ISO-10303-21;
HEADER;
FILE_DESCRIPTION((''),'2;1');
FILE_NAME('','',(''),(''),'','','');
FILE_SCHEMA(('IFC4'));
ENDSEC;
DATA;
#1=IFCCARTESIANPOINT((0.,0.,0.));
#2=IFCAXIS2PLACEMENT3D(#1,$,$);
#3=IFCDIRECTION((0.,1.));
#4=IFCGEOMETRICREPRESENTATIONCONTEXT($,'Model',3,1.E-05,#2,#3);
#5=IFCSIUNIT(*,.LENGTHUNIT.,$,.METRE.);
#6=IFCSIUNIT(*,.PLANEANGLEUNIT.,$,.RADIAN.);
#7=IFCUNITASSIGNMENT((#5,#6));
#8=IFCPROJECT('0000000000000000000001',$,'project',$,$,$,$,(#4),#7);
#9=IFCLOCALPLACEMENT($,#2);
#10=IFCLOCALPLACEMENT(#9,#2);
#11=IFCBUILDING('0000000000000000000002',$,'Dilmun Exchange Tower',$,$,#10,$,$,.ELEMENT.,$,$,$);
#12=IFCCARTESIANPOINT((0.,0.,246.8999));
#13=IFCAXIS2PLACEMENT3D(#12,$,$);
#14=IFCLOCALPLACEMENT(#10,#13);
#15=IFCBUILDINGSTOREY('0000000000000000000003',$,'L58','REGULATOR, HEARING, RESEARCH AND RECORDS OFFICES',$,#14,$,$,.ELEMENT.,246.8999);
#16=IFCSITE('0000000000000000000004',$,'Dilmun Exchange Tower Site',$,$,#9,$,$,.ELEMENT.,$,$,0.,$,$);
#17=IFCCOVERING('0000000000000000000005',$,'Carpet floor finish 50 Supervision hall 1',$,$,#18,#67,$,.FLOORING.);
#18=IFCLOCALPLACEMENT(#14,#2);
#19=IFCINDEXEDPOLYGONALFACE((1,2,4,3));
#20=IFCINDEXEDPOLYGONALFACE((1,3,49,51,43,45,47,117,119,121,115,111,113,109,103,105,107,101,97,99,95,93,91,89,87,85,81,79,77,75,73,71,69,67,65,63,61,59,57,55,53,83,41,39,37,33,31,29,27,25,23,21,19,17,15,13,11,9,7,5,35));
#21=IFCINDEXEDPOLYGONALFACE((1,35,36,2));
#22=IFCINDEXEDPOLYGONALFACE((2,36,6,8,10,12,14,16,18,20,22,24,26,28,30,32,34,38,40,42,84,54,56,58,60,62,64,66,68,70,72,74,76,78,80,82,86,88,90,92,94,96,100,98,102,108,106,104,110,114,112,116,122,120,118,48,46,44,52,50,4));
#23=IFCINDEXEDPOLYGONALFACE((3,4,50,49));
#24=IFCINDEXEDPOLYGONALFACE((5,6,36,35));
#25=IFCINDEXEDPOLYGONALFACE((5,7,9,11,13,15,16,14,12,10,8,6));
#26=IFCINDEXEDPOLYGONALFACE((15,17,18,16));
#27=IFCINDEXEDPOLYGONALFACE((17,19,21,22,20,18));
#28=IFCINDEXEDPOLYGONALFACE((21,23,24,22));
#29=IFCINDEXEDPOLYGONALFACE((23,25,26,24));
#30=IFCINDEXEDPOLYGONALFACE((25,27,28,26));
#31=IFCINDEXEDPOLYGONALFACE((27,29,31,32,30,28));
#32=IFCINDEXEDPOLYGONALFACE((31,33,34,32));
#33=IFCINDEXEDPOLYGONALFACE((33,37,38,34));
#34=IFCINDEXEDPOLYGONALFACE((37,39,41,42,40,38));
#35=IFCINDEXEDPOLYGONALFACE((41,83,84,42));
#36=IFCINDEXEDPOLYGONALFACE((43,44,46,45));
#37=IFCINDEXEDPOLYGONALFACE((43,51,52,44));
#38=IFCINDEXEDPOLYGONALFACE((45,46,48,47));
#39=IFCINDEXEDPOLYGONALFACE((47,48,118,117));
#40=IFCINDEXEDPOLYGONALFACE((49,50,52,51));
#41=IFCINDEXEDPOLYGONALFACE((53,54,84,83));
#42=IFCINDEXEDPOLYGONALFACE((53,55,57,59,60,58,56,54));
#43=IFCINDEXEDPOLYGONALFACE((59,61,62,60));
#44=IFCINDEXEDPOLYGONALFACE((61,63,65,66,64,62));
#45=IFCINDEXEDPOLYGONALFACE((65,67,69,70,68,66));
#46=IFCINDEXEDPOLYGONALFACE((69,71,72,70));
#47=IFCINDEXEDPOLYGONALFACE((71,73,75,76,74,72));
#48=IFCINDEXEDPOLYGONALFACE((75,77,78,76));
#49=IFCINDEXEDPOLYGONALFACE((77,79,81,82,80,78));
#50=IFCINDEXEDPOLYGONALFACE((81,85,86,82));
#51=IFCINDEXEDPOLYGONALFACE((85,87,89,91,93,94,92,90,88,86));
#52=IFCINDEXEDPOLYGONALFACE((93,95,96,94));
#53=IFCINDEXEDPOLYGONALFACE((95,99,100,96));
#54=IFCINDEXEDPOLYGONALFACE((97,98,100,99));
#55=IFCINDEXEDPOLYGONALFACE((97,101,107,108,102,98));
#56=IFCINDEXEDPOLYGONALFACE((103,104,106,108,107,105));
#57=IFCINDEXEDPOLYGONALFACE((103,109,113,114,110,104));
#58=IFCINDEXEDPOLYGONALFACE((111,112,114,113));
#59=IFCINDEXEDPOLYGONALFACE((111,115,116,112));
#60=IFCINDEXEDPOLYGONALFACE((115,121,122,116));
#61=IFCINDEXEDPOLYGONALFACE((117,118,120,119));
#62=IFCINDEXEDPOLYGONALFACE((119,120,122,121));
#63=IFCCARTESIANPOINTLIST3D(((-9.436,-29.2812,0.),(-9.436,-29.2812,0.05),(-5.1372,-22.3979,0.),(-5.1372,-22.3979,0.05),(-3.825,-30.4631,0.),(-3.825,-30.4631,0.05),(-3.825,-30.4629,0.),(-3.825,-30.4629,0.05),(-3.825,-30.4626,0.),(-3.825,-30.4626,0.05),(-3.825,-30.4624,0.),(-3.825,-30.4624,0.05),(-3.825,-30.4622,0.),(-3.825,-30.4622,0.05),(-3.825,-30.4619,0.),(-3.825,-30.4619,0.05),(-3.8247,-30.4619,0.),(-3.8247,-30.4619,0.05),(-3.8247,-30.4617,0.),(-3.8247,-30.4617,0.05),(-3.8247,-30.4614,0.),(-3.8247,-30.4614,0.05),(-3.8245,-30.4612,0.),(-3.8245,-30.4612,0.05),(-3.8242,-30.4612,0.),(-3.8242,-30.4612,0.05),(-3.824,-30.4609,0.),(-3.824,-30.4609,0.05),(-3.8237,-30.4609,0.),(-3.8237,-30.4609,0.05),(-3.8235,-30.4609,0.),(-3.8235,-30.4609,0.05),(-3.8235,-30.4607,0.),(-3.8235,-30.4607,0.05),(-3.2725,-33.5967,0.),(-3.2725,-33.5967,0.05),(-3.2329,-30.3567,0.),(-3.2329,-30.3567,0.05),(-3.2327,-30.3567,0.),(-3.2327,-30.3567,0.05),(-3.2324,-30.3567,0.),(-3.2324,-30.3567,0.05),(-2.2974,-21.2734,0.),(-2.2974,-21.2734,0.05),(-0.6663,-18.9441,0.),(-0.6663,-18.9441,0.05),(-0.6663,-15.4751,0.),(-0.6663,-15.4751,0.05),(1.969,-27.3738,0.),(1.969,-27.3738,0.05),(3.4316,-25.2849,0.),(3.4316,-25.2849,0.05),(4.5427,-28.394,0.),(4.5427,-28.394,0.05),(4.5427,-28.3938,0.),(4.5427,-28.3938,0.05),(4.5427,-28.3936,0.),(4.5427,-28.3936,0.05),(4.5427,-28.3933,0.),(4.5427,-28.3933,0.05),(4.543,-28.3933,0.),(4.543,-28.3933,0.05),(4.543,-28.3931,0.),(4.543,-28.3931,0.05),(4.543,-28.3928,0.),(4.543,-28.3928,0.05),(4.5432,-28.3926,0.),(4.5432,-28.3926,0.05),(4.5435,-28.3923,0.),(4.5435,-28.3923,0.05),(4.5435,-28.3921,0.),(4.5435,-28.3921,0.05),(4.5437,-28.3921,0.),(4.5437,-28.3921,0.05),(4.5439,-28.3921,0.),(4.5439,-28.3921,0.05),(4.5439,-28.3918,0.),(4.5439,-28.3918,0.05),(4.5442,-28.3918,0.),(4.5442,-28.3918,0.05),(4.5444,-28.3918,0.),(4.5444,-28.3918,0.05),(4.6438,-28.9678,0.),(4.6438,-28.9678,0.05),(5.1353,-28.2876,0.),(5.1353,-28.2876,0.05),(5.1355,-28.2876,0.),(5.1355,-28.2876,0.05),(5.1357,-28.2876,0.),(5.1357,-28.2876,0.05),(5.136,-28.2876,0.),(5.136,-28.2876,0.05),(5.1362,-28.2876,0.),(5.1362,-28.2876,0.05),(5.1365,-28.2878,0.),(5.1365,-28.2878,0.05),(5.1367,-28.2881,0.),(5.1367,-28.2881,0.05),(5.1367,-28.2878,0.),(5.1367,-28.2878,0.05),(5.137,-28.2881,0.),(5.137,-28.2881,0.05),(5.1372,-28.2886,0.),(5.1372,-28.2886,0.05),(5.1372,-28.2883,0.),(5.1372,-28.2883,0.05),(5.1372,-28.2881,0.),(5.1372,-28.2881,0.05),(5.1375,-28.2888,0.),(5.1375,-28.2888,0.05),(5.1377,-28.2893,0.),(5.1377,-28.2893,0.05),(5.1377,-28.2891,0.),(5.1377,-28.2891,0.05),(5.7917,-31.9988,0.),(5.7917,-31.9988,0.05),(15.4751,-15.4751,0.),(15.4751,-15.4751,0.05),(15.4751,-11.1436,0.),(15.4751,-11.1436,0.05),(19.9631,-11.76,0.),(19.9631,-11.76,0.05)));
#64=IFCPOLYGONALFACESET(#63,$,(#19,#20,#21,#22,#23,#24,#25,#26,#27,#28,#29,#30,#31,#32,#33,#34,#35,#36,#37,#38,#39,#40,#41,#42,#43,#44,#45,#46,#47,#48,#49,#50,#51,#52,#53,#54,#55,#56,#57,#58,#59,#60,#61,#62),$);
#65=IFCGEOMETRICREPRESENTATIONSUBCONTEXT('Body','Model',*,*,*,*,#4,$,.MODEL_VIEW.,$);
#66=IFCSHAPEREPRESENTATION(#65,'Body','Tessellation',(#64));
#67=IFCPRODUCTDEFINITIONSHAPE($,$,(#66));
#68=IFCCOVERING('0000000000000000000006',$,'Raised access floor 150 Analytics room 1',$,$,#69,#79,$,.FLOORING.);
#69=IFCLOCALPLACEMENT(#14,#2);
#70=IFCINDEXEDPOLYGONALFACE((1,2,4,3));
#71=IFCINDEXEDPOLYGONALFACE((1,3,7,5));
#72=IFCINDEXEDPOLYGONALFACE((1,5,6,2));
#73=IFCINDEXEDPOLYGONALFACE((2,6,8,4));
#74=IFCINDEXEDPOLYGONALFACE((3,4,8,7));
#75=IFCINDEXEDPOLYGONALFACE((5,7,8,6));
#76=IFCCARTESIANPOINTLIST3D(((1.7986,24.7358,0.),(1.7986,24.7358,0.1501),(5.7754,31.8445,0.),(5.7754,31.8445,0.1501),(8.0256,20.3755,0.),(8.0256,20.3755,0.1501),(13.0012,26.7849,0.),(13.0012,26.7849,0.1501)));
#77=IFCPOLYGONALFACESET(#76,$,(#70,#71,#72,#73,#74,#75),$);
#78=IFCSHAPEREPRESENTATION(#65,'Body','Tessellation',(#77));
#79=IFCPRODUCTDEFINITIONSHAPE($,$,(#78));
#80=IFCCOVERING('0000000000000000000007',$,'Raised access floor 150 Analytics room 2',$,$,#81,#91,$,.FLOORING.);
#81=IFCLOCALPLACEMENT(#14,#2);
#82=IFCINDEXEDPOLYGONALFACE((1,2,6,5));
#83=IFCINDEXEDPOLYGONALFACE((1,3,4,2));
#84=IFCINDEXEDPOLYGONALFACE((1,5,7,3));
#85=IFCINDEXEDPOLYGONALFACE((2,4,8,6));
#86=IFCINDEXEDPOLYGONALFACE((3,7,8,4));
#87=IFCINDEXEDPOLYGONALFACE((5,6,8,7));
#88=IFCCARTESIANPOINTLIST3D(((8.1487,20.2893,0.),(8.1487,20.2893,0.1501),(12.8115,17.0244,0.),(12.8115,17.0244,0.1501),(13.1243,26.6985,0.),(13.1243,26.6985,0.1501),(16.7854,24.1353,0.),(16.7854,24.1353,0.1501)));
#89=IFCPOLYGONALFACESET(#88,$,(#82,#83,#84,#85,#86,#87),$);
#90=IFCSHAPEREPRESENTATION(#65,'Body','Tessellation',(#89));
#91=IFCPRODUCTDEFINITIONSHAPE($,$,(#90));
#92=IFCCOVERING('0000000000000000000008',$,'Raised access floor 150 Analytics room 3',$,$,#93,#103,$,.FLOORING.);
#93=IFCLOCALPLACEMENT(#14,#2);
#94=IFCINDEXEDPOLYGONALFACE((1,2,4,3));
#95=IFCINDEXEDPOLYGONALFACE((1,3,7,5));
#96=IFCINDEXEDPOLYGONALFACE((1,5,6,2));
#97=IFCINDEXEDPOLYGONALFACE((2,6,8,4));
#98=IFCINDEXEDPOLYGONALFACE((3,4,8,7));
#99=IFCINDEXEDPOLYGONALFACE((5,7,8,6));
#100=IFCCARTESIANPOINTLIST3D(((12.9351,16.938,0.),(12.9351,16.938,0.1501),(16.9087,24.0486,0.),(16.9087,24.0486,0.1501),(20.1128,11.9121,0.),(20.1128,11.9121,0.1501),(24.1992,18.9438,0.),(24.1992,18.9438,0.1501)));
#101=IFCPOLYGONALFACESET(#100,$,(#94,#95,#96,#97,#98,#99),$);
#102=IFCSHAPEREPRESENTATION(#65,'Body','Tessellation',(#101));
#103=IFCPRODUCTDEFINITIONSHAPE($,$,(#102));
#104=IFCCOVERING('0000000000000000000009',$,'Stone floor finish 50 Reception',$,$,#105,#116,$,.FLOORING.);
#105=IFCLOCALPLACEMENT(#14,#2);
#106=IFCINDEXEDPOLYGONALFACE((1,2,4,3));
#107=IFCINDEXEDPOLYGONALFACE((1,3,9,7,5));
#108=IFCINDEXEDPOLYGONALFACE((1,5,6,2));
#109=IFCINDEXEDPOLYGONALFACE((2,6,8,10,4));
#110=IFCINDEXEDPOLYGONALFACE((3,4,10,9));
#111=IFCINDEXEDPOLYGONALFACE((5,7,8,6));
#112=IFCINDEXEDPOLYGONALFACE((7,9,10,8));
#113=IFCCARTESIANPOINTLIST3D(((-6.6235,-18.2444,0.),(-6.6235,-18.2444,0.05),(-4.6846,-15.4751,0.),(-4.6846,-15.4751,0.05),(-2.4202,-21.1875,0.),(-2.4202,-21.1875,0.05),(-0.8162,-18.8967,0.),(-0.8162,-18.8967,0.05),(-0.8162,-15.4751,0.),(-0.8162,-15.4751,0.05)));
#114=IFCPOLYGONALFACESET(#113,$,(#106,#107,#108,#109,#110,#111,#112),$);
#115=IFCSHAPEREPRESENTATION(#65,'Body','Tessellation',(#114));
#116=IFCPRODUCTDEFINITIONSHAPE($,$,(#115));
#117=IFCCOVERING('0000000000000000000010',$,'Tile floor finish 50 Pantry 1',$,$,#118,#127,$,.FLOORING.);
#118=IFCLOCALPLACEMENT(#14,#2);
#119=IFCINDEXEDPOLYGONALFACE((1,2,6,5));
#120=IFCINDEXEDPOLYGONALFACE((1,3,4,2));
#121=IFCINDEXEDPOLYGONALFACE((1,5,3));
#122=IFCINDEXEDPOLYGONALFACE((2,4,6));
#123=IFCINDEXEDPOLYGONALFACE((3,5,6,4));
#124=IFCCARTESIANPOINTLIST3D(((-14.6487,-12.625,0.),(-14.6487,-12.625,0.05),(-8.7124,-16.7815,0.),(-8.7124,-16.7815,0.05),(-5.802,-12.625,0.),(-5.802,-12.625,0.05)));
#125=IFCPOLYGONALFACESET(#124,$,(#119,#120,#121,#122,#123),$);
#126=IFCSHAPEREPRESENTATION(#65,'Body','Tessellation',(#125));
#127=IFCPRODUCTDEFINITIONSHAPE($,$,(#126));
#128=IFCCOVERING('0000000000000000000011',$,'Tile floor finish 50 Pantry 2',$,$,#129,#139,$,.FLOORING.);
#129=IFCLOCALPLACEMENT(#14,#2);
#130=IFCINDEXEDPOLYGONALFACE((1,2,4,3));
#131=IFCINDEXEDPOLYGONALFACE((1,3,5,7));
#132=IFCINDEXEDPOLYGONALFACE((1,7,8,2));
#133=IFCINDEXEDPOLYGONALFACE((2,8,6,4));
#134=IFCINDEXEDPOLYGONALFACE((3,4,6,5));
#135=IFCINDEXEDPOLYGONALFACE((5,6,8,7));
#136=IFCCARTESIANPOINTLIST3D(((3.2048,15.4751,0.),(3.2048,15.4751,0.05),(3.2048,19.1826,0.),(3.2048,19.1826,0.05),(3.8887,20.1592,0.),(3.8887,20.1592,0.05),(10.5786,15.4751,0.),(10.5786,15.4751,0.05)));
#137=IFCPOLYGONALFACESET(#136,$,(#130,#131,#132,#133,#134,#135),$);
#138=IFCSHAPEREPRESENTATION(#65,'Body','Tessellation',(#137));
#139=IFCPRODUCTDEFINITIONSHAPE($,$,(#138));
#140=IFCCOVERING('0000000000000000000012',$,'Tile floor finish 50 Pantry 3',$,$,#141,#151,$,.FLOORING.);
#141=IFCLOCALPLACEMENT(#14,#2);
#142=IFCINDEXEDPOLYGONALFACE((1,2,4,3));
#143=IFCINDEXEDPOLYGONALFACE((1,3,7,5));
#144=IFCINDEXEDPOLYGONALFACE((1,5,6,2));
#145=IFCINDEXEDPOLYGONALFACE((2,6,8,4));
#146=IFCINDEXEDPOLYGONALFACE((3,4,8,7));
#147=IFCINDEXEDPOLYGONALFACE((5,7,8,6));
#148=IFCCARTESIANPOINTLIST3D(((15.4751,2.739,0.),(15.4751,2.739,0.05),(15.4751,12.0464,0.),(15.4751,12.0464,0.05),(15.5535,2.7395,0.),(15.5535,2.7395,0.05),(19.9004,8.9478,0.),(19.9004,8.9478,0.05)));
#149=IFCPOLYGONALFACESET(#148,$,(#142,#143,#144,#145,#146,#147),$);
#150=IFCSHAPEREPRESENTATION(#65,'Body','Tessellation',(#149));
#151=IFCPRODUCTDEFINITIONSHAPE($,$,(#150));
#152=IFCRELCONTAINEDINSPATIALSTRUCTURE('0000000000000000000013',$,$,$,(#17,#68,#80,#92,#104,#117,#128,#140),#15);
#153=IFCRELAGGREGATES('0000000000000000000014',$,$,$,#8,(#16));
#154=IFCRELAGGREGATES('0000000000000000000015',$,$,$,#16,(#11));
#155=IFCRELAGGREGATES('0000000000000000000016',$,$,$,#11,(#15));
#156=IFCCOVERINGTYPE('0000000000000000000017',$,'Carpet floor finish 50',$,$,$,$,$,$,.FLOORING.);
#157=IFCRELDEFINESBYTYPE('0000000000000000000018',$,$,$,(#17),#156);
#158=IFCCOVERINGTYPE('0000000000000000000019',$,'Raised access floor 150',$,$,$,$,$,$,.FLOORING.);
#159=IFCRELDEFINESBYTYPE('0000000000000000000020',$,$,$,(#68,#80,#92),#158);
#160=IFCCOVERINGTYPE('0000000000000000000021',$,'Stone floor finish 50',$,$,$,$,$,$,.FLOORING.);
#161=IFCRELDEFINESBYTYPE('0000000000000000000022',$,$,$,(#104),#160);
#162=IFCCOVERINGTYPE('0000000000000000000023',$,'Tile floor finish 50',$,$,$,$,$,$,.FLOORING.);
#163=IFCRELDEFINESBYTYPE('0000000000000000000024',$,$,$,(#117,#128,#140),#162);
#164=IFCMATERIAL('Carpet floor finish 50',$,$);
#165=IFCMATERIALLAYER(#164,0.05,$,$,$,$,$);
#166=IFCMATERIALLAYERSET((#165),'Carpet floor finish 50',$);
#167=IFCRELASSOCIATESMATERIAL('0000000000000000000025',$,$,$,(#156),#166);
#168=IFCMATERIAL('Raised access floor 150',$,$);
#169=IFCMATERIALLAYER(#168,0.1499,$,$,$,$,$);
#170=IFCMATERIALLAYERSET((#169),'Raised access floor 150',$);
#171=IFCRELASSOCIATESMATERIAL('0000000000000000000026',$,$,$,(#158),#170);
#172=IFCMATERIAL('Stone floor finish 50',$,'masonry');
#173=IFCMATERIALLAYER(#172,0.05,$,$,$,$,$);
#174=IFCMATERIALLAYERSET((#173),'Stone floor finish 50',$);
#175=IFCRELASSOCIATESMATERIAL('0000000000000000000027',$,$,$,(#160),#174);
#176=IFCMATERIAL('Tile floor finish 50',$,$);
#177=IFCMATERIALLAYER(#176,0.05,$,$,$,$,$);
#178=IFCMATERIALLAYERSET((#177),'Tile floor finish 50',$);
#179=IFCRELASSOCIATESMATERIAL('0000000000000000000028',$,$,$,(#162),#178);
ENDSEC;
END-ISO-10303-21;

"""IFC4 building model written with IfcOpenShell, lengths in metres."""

from ifc_helpers import new_model, si_unit, direction, frame, origin, place, context, subcontext, project, spatial, polyline, outline, extrude, material, layer, layer_set, type_object, element, save


model = new_model("IFC4")

# Units and contexts
model_context = context("Model", 3, precision=1e-05, world=origin(), true_north=direction((0.0, 1.0)))
body_context = subcontext(model_context, "Body", "Model", "MODEL_VIEW")
ifc_project = project(units=[si_unit("LENGTHUNIT", "METRE"), si_unit("PLANEANGLEUNIT", "RADIAN")], contexts=[model_context])

# Site, building, storey
site_placement = place(None, origin())
site = spatial("IfcSite", under=ifc_project, at=site_placement, Name="Dilmun Exchange Tower Site", CompositionType="ELEMENT", RefElevation=0.0)
building_placement = place(site_placement, origin())
building = spatial("IfcBuilding", under=site, at=building_placement, Name="Dilmun Exchange Tower", CompositionType="ELEMENT")
storey_placement = place(building_placement, frame((0.0, 0.0, 246.8999)))
storey = spatial("IfcBuildingStorey", under=building, at=storey_placement, Name="L58", Description="REGULATOR, HEARING, RESEARCH AND RECORDS OFFICES", CompositionType="ELEMENT", Elevation=246.8999)

# Coverings
ifc_material_1 = material(Name="Carpet floor finish 50")
ifc_layer_1 = layer(ifc_material_1, 0.05)
ifc_layer_set_1 = layer_set([ifc_layer_1], Name="Carpet floor finish 50")
covering_type_1 = type_object("IfcCoveringType", Name="Carpet floor finish 50", PredefinedType="FLOORING", material=ifc_layer_set_1)
covering_1_placement = place(storey_placement, origin())
element("IfcCovering", 1, at=covering_1_placement, inside=storey, type_object=covering_type_1, Name="Carpet floor finish 50 Supervision hall 1", PredefinedType="FLOORING", context=body_context, shape_type="SweptSolid", body=[
    extrude(outline(polyline([(-5.1372, -22.3979), (1.969, -27.3738), (3.4316, -25.2849), (-2.2974, -21.2734), (-0.6663, -18.9441), (-0.6663, -15.4751), (15.4751, -15.4751), (15.4751, -11.1436), (19.9631, -11.76), (5.7917, -31.9988), (5.1377, -28.2893), (5.1377, -28.2891), (5.1375, -28.2888), (5.1375, -28.2888), (5.1372, -28.2886), (5.1372, -28.2883), (5.1372, -28.2881), (5.137, -28.2881), (5.1367, -28.2881), (5.1367, -28.2878), (5.1365, -28.2878), (5.1362, -28.2876), (5.136, -28.2876), (5.136, -28.2876), (5.1357, -28.2876), (5.1355, -28.2876), (5.1353, -28.2876), (4.5444, -28.3918), (4.5442, -28.3918), (4.5439, -28.3918), (4.5439, -28.3921), (4.5437, -28.3921), (4.5435, -28.3921), (4.5435, -28.3923), (4.5432, -28.3926), (4.5432, -28.3926), (4.543, -28.3928), (4.543, -28.3931), (4.543, -28.3933), (4.5427, -28.3933), (4.5427, -28.3936), (4.5427, -28.3938), (4.5427, -28.394), (4.5427, -28.394), (4.6438, -28.9678), (-3.2324, -30.3567), (-3.2327, -30.3567), (-3.2329, -30.3567), (-3.2329, -30.3567), (-3.8235, -30.4607), (-3.8235, -30.4609), (-3.8237, -30.4609), (-3.824, -30.4609), (-3.8242, -30.4612), (-3.8242, -30.4612), (-3.8245, -30.4612), (-3.8247, -30.4614), (-3.8247, -30.4617), (-3.8247, -30.4619), (-3.825, -30.4619), (-3.825, -30.4622), (-3.825, -30.4624), (-3.825, -30.4626), (-3.825, -30.4626), (-3.825, -30.4629), (-3.825, -30.4631), (-3.2725, -33.5967), (-9.436, -29.2812), (-5.1372, -22.3979)])), origin(), (0.0, 0.0, 1.0), 0.05),
])
ifc_material_2 = material(Name="Raised access floor 150")
ifc_layer_2 = layer(ifc_material_2, 0.1499)
ifc_layer_set_2 = layer_set([ifc_layer_2], Name="Raised access floor 150")
covering_type_2 = type_object("IfcCoveringType", Name="Raised access floor 150", PredefinedType="FLOORING", material=ifc_layer_set_2)
covering_2_placement = place(storey_placement, origin())
element("IfcCovering", 2, at=covering_2_placement, inside=storey, type_object=covering_type_2, Name="Raised access floor 150 Analytics room 1", PredefinedType="FLOORING", context=body_context, shape_type="SweptSolid", body=[
    extrude(outline(polyline([(1.7986, 24.7358), (5.7754, 31.8445), (13.0012, 26.7849), (8.0256, 20.3755), (1.7986, 24.7358)])), origin(), (0.0, 0.0, 1.0), 0.1501),
])
covering_3_placement = place(storey_placement, origin())
element("IfcCovering", 3, at=covering_3_placement, inside=storey, type_object=covering_type_2, Name="Raised access floor 150 Analytics room 2", PredefinedType="FLOORING", context=body_context, shape_type="SweptSolid", body=[
    extrude(outline(polyline([(12.8115, 17.0244), (8.1487, 20.2893), (13.1243, 26.6985), (16.7854, 24.1353), (12.8115, 17.0244)])), origin(), (0.0, 0.0, 1.0), 0.1501),
])
covering_4_placement = place(storey_placement, origin())
element("IfcCovering", 4, at=covering_4_placement, inside=storey, type_object=covering_type_2, Name="Raised access floor 150 Analytics room 3", PredefinedType="FLOORING", context=body_context, shape_type="SweptSolid", body=[
    extrude(outline(polyline([(20.1128, 11.9121), (12.9351, 16.938), (16.9087, 24.0486), (24.1992, 18.9438), (20.1128, 11.9121)])), origin(), (0.0, 0.0, 1.0), 0.1501),
])
ifc_material_3 = material(Name="Stone floor finish 50", Category="masonry")
ifc_layer_3 = layer(ifc_material_3, 0.05)
ifc_layer_set_3 = layer_set([ifc_layer_3], Name="Stone floor finish 50")
covering_type_3 = type_object("IfcCoveringType", Name="Stone floor finish 50", PredefinedType="FLOORING", material=ifc_layer_set_3)
covering_5_placement = place(storey_placement, origin())
element("IfcCovering", 5, at=covering_5_placement, inside=storey, type_object=covering_type_3, Name="Stone floor finish 50 Reception", PredefinedType="FLOORING", context=body_context, shape_type="SweptSolid", body=[
    extrude(outline(polyline([(-0.8162, -18.8967), (-2.4202, -21.1875), (-6.6235, -18.2444), (-4.6846, -15.4751), (-0.8162, -15.4751), (-0.8162, -18.8967)])), origin(), (0.0, 0.0, 1.0), 0.05),
])
ifc_material_4 = material(Name="Tile floor finish 50")
ifc_layer_4 = layer(ifc_material_4, 0.05)
ifc_layer_set_4 = layer_set([ifc_layer_4], Name="Tile floor finish 50")
covering_type_4 = type_object("IfcCoveringType", Name="Tile floor finish 50", PredefinedType="FLOORING", material=ifc_layer_set_4)
covering_6_placement = place(storey_placement, origin())
element("IfcCovering", 6, at=covering_6_placement, inside=storey, type_object=covering_type_4, Name="Tile floor finish 50 Pantry 1", PredefinedType="FLOORING", context=body_context, shape_type="SweptSolid", body=[
    extrude(outline(polyline([(-5.802, -12.625), (-8.7124, -16.7815), (-14.6487, -12.625), (-5.802, -12.625)])), origin(), (0.0, 0.0, 1.0), 0.05),
])
covering_7_placement = place(storey_placement, origin())
element("IfcCovering", 7, at=covering_7_placement, inside=storey, type_object=covering_type_4, Name="Tile floor finish 50 Pantry 2", PredefinedType="FLOORING", context=body_context, shape_type="SweptSolid", body=[
    extrude(outline(polyline([(3.2048, 15.4751), (3.2048, 19.1826), (3.8887, 20.1592), (10.5786, 15.4751), (3.2048, 15.4751)])), origin(), (0.0, 0.0, 1.0), 0.05),
])
covering_8_placement = place(storey_placement, origin())
element("IfcCovering", 8, at=covering_8_placement, inside=storey, type_object=covering_type_4, Name="Tile floor finish 50 Pantry 3", PredefinedType="FLOORING", context=body_context, shape_type="SweptSolid", body=[
    extrude(outline(polyline([(19.9004, 8.9478), (15.5535, 2.7395), (15.4751, 2.739), (15.4751, 12.0464), (19.9004, 8.9478)])), origin(), (0.0, 0.0, 1.0), 0.05),
])

save(model, "model.ifc")
